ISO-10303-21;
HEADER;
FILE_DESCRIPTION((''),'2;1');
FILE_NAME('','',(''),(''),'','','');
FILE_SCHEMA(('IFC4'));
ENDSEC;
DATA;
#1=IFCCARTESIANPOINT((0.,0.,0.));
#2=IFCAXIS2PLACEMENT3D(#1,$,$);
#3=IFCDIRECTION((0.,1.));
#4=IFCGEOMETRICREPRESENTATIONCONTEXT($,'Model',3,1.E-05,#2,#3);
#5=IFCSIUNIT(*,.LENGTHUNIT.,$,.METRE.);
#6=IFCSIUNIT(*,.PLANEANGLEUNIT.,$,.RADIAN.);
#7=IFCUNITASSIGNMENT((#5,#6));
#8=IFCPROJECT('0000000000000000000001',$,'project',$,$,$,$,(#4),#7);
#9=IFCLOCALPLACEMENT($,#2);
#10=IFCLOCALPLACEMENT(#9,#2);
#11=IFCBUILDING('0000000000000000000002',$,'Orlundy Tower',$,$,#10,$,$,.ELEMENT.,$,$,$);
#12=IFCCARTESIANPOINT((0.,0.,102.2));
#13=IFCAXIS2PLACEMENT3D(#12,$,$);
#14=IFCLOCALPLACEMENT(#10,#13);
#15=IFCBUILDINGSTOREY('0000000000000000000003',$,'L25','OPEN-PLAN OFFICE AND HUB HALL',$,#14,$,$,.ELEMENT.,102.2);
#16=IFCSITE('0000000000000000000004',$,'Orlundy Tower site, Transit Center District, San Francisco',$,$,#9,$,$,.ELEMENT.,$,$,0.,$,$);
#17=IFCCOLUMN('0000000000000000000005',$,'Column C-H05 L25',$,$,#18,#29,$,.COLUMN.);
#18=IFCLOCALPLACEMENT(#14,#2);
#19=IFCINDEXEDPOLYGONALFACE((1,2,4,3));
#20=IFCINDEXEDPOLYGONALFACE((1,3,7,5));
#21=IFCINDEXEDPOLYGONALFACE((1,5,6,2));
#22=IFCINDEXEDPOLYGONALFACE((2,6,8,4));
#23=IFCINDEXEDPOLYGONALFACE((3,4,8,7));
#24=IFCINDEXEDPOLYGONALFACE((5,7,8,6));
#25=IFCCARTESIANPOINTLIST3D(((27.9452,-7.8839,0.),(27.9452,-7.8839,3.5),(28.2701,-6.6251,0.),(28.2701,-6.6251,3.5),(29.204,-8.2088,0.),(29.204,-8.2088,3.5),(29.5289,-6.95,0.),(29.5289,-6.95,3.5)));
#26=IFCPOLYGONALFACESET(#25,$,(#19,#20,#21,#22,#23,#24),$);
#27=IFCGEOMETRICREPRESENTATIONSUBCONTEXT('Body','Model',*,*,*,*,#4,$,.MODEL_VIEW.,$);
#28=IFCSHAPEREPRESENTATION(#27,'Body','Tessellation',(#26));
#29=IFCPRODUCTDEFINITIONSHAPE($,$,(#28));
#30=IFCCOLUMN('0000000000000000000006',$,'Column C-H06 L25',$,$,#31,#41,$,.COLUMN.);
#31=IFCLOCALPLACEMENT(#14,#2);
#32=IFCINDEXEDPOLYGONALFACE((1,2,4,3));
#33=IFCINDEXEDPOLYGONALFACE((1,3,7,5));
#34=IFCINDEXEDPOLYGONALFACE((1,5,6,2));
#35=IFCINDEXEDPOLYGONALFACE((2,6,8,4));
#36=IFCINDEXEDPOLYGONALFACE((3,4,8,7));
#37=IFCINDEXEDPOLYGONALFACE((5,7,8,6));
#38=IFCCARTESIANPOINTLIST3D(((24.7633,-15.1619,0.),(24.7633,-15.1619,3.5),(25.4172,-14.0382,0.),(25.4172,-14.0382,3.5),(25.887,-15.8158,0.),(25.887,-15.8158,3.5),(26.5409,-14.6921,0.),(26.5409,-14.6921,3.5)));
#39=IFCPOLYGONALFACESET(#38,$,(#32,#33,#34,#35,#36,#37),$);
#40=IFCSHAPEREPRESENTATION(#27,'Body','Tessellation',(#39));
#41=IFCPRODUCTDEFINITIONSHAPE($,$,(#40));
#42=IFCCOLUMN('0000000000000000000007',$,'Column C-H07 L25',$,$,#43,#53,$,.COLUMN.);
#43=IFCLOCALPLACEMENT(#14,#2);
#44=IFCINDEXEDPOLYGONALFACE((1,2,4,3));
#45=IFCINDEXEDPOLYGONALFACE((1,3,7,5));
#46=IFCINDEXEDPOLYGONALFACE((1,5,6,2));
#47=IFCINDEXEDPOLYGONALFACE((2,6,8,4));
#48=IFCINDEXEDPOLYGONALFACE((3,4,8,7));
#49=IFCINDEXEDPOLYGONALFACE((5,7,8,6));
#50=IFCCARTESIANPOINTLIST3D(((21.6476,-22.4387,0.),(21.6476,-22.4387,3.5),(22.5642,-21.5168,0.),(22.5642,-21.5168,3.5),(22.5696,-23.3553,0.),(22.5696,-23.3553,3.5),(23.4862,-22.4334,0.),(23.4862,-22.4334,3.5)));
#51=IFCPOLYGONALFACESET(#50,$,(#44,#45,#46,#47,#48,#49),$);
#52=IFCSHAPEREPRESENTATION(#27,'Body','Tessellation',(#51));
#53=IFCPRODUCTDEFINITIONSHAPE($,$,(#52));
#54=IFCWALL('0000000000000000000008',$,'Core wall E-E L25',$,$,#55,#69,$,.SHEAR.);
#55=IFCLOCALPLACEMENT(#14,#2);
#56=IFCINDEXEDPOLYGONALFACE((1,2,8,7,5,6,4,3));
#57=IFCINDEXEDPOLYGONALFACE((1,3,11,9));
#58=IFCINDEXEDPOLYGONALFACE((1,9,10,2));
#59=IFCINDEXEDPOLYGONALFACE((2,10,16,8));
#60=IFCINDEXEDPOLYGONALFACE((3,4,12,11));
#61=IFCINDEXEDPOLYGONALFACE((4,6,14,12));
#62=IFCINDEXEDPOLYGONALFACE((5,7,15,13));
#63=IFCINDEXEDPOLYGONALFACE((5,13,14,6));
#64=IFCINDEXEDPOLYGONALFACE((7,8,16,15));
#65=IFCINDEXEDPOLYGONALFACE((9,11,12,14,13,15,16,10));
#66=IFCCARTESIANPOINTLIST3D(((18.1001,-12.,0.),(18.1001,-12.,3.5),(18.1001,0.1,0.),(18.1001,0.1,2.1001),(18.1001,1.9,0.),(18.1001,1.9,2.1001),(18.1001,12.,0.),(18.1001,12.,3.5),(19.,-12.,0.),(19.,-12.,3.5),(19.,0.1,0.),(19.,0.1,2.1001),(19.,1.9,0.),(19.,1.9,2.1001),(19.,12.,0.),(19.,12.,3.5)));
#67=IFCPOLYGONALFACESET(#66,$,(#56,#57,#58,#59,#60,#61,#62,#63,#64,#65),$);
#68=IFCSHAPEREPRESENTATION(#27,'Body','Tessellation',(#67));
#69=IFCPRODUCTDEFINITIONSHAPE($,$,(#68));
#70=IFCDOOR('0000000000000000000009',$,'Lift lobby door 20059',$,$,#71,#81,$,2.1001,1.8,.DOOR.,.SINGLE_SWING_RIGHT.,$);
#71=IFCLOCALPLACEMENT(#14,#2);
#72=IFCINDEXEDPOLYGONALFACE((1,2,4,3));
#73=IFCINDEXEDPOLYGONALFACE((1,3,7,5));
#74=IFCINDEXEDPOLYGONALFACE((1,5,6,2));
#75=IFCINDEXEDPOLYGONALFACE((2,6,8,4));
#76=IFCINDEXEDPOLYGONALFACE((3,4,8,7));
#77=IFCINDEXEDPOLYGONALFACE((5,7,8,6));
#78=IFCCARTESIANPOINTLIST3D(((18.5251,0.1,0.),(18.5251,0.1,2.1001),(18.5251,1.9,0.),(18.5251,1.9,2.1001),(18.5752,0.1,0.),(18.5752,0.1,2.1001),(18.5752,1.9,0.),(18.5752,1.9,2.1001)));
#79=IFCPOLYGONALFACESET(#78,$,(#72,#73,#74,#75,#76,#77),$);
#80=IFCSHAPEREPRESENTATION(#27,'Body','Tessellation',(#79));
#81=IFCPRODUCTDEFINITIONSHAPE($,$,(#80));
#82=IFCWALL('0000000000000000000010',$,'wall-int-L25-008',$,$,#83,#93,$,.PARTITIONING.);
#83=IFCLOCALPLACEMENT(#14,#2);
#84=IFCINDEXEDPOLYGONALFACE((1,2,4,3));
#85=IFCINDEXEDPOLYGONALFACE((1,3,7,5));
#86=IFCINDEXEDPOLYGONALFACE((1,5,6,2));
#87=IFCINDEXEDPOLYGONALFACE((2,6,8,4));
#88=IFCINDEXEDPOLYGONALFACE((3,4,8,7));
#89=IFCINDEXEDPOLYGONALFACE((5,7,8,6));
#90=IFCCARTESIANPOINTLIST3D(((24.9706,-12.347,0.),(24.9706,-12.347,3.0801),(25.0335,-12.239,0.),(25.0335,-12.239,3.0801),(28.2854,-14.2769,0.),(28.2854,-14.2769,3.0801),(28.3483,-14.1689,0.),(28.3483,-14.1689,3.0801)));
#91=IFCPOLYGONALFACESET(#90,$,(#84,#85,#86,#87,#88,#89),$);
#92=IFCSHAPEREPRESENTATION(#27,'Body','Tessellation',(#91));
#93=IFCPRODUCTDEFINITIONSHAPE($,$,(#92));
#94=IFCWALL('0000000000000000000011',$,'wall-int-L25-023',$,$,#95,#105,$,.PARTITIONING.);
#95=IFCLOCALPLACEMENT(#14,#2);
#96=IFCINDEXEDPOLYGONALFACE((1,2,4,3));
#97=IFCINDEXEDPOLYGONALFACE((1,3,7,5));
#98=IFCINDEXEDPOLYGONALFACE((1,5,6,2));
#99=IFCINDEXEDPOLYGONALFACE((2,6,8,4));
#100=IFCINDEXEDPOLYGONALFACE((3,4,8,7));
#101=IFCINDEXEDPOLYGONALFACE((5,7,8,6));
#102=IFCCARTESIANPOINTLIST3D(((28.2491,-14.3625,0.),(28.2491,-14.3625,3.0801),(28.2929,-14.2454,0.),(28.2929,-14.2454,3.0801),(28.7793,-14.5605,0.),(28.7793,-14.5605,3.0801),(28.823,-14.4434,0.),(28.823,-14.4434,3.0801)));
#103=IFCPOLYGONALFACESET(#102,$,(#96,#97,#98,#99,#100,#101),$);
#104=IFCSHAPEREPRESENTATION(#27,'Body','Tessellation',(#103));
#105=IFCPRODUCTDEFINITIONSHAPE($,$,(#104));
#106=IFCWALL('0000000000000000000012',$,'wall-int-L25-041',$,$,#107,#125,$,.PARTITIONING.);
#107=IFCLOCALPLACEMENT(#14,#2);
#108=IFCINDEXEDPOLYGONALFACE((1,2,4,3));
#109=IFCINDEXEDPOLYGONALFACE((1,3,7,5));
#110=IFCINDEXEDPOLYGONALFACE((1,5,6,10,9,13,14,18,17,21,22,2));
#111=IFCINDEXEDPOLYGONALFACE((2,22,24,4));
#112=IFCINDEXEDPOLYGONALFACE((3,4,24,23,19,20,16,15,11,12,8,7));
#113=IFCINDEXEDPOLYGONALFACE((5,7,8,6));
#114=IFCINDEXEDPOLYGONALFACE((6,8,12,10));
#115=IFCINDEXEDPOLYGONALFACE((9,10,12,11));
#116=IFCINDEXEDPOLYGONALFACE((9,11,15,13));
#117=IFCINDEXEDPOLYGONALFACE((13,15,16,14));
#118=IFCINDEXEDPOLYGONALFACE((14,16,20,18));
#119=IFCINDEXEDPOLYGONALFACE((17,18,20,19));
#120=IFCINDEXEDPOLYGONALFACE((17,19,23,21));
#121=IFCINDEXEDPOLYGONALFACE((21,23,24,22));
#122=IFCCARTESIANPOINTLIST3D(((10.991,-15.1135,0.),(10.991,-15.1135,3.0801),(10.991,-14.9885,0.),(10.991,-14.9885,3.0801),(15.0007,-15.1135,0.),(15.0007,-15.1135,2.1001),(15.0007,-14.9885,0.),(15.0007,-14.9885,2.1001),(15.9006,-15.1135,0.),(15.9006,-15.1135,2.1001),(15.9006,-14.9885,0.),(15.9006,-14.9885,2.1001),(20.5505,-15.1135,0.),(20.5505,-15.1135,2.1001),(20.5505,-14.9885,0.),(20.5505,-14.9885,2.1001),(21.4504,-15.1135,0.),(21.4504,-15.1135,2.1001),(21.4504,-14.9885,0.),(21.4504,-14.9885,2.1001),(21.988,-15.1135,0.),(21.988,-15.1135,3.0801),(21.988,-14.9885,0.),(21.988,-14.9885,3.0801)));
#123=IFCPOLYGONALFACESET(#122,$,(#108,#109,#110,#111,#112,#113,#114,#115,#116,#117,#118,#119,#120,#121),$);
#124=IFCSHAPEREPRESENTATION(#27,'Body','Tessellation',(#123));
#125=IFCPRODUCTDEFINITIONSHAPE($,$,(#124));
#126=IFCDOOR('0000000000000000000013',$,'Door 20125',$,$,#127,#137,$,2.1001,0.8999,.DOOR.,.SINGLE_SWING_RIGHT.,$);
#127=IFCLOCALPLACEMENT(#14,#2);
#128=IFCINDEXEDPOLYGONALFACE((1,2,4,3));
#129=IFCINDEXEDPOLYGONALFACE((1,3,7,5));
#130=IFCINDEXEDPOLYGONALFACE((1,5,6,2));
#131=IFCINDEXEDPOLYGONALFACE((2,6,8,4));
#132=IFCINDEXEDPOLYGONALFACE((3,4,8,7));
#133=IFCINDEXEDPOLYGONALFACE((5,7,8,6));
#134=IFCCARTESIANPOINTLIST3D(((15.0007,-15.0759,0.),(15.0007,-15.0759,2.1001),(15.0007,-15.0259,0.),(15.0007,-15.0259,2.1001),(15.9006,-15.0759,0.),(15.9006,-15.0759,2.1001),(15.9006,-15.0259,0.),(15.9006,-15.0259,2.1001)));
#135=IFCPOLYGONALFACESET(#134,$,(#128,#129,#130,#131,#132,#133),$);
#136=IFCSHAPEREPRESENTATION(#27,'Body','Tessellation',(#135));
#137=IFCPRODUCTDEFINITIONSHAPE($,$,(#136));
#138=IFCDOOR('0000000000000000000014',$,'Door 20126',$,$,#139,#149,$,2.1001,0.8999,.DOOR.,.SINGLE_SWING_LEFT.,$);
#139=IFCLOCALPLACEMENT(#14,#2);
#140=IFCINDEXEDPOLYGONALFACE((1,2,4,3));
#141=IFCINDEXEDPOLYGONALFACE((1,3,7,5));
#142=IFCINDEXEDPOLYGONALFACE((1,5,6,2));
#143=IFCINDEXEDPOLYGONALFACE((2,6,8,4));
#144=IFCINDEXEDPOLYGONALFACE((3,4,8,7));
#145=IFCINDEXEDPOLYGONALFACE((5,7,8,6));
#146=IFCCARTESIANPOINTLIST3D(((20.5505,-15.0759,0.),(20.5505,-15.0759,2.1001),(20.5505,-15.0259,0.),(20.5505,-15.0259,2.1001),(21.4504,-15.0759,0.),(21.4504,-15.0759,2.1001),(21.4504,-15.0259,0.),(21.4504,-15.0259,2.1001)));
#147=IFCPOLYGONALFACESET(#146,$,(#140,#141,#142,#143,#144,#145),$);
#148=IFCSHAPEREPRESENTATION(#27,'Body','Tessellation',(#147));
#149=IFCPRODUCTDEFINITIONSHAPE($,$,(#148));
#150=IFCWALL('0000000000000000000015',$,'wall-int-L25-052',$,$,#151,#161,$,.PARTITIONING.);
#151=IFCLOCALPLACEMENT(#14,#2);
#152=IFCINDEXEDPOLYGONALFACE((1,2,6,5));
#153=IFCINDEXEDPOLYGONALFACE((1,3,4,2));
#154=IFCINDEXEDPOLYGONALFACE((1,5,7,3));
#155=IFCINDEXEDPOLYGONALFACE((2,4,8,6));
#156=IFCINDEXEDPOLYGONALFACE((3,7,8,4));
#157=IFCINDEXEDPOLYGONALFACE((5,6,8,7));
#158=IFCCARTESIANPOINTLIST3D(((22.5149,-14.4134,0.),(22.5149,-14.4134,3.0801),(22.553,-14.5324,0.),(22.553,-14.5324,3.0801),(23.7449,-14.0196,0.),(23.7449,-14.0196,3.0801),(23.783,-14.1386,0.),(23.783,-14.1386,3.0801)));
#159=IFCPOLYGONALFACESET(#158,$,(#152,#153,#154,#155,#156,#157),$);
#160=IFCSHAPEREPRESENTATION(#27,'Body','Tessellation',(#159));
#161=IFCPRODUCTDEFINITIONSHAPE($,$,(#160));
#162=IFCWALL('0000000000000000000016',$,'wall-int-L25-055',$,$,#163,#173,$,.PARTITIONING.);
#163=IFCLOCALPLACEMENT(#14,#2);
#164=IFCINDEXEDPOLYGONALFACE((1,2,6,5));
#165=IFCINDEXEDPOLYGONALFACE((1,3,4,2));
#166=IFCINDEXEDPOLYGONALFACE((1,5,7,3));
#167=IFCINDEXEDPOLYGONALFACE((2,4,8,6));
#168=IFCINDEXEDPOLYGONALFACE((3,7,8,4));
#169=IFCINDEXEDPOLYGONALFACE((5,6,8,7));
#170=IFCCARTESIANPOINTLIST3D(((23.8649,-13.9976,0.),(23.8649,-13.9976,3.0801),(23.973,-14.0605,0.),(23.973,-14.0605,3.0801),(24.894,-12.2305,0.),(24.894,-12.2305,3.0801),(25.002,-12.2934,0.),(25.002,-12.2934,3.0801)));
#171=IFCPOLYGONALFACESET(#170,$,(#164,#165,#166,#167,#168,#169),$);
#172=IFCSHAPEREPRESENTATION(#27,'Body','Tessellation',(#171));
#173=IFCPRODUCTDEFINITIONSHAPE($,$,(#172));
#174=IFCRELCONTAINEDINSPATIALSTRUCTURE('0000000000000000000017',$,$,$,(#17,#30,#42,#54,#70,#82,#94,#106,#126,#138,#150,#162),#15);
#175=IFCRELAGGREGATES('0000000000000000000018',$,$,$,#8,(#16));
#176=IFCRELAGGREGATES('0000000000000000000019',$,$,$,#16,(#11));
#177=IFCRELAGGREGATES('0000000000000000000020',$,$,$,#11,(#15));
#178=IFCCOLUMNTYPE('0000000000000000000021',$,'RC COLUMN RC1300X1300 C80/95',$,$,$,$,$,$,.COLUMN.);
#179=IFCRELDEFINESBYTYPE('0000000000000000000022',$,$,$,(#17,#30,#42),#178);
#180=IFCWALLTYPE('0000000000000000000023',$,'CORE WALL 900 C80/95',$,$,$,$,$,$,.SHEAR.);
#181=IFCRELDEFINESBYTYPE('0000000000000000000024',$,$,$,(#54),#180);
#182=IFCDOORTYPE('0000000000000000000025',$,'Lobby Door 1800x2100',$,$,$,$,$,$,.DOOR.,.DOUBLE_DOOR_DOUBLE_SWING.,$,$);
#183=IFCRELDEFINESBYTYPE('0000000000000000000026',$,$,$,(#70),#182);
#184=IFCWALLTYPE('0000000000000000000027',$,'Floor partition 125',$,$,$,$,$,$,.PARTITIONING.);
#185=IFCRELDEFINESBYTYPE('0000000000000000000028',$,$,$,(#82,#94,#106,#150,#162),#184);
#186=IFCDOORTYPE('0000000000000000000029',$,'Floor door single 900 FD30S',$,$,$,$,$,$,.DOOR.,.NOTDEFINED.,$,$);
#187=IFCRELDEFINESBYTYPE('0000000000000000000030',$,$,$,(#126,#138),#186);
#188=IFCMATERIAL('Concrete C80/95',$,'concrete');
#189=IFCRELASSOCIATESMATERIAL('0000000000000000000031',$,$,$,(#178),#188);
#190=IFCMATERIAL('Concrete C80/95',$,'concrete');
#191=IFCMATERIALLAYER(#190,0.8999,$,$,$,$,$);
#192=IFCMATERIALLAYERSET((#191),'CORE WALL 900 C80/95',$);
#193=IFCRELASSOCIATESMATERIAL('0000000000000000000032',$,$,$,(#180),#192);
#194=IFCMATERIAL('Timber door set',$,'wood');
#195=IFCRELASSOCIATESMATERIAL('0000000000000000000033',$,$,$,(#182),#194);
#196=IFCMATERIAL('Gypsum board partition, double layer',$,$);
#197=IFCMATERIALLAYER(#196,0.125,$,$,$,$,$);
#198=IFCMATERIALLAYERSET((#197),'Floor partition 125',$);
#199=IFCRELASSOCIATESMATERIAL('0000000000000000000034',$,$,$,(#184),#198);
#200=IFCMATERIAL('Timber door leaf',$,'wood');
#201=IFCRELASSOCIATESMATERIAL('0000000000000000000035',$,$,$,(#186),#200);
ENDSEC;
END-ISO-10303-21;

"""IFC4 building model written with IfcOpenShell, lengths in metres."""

from ifc_helpers import new_model, si_unit, direction, frame, frame_2d, origin, origin_2d, place, context, subcontext, project, spatial, rectangle, extrude, material, layer, layer_set, material_profile, profile_set, type_object, element, fill, save


model = new_model("IFC4")

# Units and contexts
model_context = context("Model", 3, precision=1e-05, world=origin(), true_north=direction((0.0, 1.0)))
body_context = subcontext(model_context, "Body", "Model", "MODEL_VIEW")
ifc_project = project(units=[si_unit("LENGTHUNIT", "METRE"), si_unit("PLANEANGLEUNIT", "RADIAN")], contexts=[model_context])

# Site, building, storey
site_placement = place(None, origin())
site = spatial("IfcSite", under=ifc_project, at=site_placement, Name="Orlundy Tower site, Transit Center District, San Francisco", CompositionType="ELEMENT", RefElevation=0.0)
building_placement = place(site_placement, origin())
building = spatial("IfcBuilding", under=site, at=building_placement, Name="Orlundy Tower", CompositionType="ELEMENT")
storey_placement = place(building_placement, frame((0.0, 0.0, 102.2)))
storey = spatial("IfcBuildingStorey", under=building, at=storey_placement, Name="L25", Description="OPEN-PLAN OFFICE AND HUB HALL", CompositionType="ELEMENT", Elevation=102.2)

# Columns
ifc_material_1 = material(Name="Concrete C80/95", Category="concrete")
ifc_material_profile = material_profile(ifc_material_1, rectangle(XDim=1.3, YDim=1.3, at=origin_2d()), Name="RC1300X1300")
ifc_profile_set = profile_set([ifc_material_profile], Name="Concrete C80/95")
column_type = type_object("IfcColumnType", Name="RC COLUMN RC1300X1300 C80/95", PredefinedType="COLUMN", material=ifc_profile_set)
for number, where, z_axis, x_axis, name in (
    (1, (28.7371, -7.417, 0.0), (0.0, 0.0, 1.0), (0.96827, -0.249907, 0.0), "Column C-H05 L25"),
    (2, (25.6521, -14.927, 0.0), (0.0, 0.0, 1.0), (0.864319, -0.502945, 0.0), "Column C-H06 L25"),
    (3, (22.5669, -22.436, 0.0), (0.0, 0.0, 1.0), (0.709165, -0.705043, 0.0), "Column C-H07 L25"),
):
    element("IfcColumn", number, at=place(storey_placement, frame(where, z_axis=z_axis, x_axis=x_axis)), inside=storey, type_object=column_type, Name=name, PredefinedType="COLUMN", context=body_context, shape_type="SweptSolid", body=[
        extrude(rectangle(XDim=1.3, YDim=1.3, at=origin_2d()), origin(), (0.0, 0.0, 1.0), 3.5),
    ])

# Wall, opening, door
ifc_material_2 = material(Name="Concrete C80/95", Category="concrete")
ifc_layer_1 = layer(ifc_material_2, 0.8999)
ifc_layer_set_1 = layer_set([ifc_layer_1], Name="CORE WALL 900 C80/95")
wall_type_1 = type_object("IfcWallType", Name="CORE WALL 900 C80/95", PredefinedType="SHEAR", material=ifc_layer_set_1)
wall_1_placement = place(storey_placement, frame((18.55, -12.0, 0.0), z_axis=(0.0, 0.0, 1.0), x_axis=(0.0, 1.0, 0.0)))
wall_1 = element("IfcWall", 4, at=wall_1_placement, inside=storey, type_object=wall_type_1, Name="Core wall E-E L25", PredefinedType="SHEAR", context=body_context, shape_type="SweptSolid", body=[
    extrude(rectangle(XDim=24.0, YDim=0.8999, at=frame_2d((12.0, 0.0))), origin(), (0.0, 0.0, 1.0), 3.5),
])
opening_1_placement = place(wall_1_placement, frame((12.1001, 0.0, 0.0)))
opening_1 = element("IfcOpeningElement", 5, at=opening_1_placement, cuts=wall_1, PredefinedType="OPENING", context=body_context, shape_type="SweptSolid", body=[
    extrude(rectangle(XDim=1.8, YDim=2.1001, at=frame_2d((0.8999, 1.05))), frame((0.0, 0.46, 0.0), z_axis=(0.0, -1.0, 0.0), x_axis=(1.0, 0.0, 0.0)), (0.0, 0.0, 1.0), 0.9199),
])
ifc_material_3 = material(Name="Timber door set", Category="wood")
door_type_1 = type_object("IfcDoorType", Name="Lobby Door 1800x2100", OperationType="DOUBLE_DOOR_DOUBLE_SWING", PredefinedType="DOOR", material=ifc_material_3)
door_1_placement = place(opening_1_placement, origin())
door_1 = element("IfcDoor", 6, at=door_1_placement, inside=storey, type_object=door_type_1, Name="Lift lobby door 20059", OperationType="SINGLE_SWING_RIGHT", OverallHeight=2.1001, OverallWidth=1.8, PredefinedType="DOOR", context=body_context, shape_type="SweptSolid", body=[
    extrude(rectangle(XDim=1.8, YDim=2.1001, at=frame_2d((0.8999, 1.05))), frame((0.0, 0.0249, 0.0), z_axis=(0.0, -1.0, 0.0), x_axis=(1.0, 0.0, 0.0)), (0.0, 0.0, 1.0), 0.05),
])
fill(opening_1, door_1)

# Walls
ifc_material_4 = material(Name="Gypsum board partition, double layer")
ifc_layer_2 = layer(ifc_material_4, 0.125)
ifc_layer_set_2 = layer_set([ifc_layer_2], Name="Floor partition 125")
wall_type_2 = type_object("IfcWallType", Name="Floor partition 125", PredefinedType="PARTITIONING", material=ifc_layer_set_2)
wall_2_placement = place(storey_placement, frame((25.002, -12.293, 0.0), z_axis=(0.0, 0.0, 1.0), x_axis=(0.864208, -0.503135, 0.0)))
element("IfcWall", 7, at=wall_2_placement, inside=storey, type_object=wall_type_2, Name="wall-int-L25-008", PredefinedType="PARTITIONING", context=body_context, shape_type="SweptSolid", body=[
    extrude(rectangle(XDim=3.8357, YDim=0.125, at=frame_2d((1.918, 0.0))), origin(), (0.0, 0.0, 1.0), 3.0801),
])
wall_3_placement = place(storey_placement, frame((28.271, -14.304, 0.0), z_axis=(0.0, 0.0, 1.0), x_axis=(0.936772, -0.349941, 0.0)))
element("IfcWall", 8, at=wall_3_placement, inside=storey, type_object=wall_type_2, Name="wall-int-L25-023", PredefinedType="PARTITIONING", context=body_context, shape_type="SweptSolid", body=[
    extrude(rectangle(XDim=0.5659, YDim=0.125, at=frame_2d((0.283, 0.0))), origin(), (0.0, 0.0, 1.0), 3.0801),
])

# Wall, openings, doors
wall_4_placement = place(storey_placement, frame((21.988, -15.051, 0.0), z_axis=(0.0, 0.0, 1.0), x_axis=(-1.0, 0.0, 0.0)))
wall_4 = element("IfcWall", 9, at=wall_4_placement, inside=storey, type_object=wall_type_2, Name="wall-int-L25-041", PredefinedType="PARTITIONING", context=body_context, shape_type="SweptSolid", body=[
    extrude(rectangle(XDim=10.9971, YDim=0.125, at=frame_2d((5.4985, 0.0))), origin(), (0.0, 0.0, 1.0), 3.0801),
])
opening_2_placement = place(wall_4_placement, frame((6.0874, 0.0, 0.0)))
opening_2 = element("IfcOpeningElement", 10, at=opening_2_placement, cuts=wall_4, PredefinedType="OPENING", context=body_context, shape_type="SweptSolid", body=[
    extrude(rectangle(XDim=0.8999, YDim=2.1001, at=frame_2d((0.45, 1.05))), frame((0.0, 0.0725, 0.0), z_axis=(0.0, -1.0, 0.0), x_axis=(1.0, 0.0, 0.0)), (0.0, 0.0, 1.0), 0.145),
])
opening_3_placement = place(wall_4_placement, frame((0.5376, 0.0, 0.0)))
opening_3 = element("IfcOpeningElement", 11, at=opening_3_placement, cuts=wall_4, PredefinedType="OPENING", context=body_context, shape_type="SweptSolid", body=[
    extrude(rectangle(XDim=0.8999, YDim=2.1001, at=frame_2d((0.45, 1.05))), frame((0.0, 0.0725, 0.0), z_axis=(0.0, -1.0, 0.0), x_axis=(1.0, 0.0, 0.0)), (0.0, 0.0, 1.0), 0.145),
])
ifc_material_5 = material(Name="Timber door leaf", Category="wood")
door_type_2 = type_object("IfcDoorType", Name="Floor door single 900 FD30S", OperationType="NOTDEFINED", PredefinedType="DOOR", material=ifc_material_5)
door_2_placement = place(opening_2_placement, origin())
door_2 = element("IfcDoor", 12, at=door_2_placement, inside=storey, type_object=door_type_2, Name="Door 20125", OperationType="SINGLE_SWING_RIGHT", OverallHeight=2.1001, OverallWidth=0.8999, PredefinedType="DOOR", context=body_context, shape_type="SweptSolid", body=[
    extrude(rectangle(XDim=0.8999, YDim=2.1001, at=frame_2d((0.45, 1.05))), frame((0.0, 0.0249, 0.0), z_axis=(0.0, -1.0, 0.0), x_axis=(1.0, 0.0, 0.0)), (0.0, 0.0, 1.0), 0.05),
])
fill(opening_2, door_2)
door_3_placement = place(opening_3_placement, origin())
door_3 = element("IfcDoor", 13, at=door_3_placement, inside=storey, type_object=door_type_2, Name="Door 20126", OperationType="SINGLE_SWING_LEFT", OverallHeight=2.1001, OverallWidth=0.8999, PredefinedType="DOOR", context=body_context, shape_type="SweptSolid", body=[
    extrude(rectangle(XDim=0.8999, YDim=2.1001, at=frame_2d((0.45, 1.05))), frame((0.0, 0.0249, 0.0), z_axis=(0.0, -1.0, 0.0), x_axis=(1.0, 0.0, 0.0)), (0.0, 0.0, 1.0), 0.05),
])
fill(opening_3, door_3)

# Walls
wall_5_placement = place(storey_placement, frame((22.5339, -14.4729, 0.0), z_axis=(0.0, 0.0, 1.0), x_axis=(0.952378, 0.30492, 0.0)))
element("IfcWall", 14, at=wall_5_placement, inside=storey, type_object=wall_type_2, Name="wall-int-L25-052", PredefinedType="PARTITIONING", context=body_context, shape_type="SweptSolid", body=[
    extrude(rectangle(XDim=1.2915, YDim=0.125, at=frame_2d((0.6458, 0.0))), origin(), (0.0, 0.0, 1.0), 3.0801),
])
wall_6_placement = place(storey_placement, frame((23.9189, -14.0291, 0.0), z_axis=(0.0, 0.0, 1.0), x_axis=(0.503232, 0.864151, 0.0)))
element("IfcWall", 15, at=wall_6_placement, inside=storey, type_object=wall_type_2, Name="wall-int-L25-055", PredefinedType="PARTITIONING", context=body_context, shape_type="SweptSolid", body=[
    extrude(rectangle(XDim=2.0449, YDim=0.125, at=frame_2d((1.0225, 0.0))), origin(), (0.0, 0.0, 1.0), 3.0801),
])

save(model, "model.ifc")
